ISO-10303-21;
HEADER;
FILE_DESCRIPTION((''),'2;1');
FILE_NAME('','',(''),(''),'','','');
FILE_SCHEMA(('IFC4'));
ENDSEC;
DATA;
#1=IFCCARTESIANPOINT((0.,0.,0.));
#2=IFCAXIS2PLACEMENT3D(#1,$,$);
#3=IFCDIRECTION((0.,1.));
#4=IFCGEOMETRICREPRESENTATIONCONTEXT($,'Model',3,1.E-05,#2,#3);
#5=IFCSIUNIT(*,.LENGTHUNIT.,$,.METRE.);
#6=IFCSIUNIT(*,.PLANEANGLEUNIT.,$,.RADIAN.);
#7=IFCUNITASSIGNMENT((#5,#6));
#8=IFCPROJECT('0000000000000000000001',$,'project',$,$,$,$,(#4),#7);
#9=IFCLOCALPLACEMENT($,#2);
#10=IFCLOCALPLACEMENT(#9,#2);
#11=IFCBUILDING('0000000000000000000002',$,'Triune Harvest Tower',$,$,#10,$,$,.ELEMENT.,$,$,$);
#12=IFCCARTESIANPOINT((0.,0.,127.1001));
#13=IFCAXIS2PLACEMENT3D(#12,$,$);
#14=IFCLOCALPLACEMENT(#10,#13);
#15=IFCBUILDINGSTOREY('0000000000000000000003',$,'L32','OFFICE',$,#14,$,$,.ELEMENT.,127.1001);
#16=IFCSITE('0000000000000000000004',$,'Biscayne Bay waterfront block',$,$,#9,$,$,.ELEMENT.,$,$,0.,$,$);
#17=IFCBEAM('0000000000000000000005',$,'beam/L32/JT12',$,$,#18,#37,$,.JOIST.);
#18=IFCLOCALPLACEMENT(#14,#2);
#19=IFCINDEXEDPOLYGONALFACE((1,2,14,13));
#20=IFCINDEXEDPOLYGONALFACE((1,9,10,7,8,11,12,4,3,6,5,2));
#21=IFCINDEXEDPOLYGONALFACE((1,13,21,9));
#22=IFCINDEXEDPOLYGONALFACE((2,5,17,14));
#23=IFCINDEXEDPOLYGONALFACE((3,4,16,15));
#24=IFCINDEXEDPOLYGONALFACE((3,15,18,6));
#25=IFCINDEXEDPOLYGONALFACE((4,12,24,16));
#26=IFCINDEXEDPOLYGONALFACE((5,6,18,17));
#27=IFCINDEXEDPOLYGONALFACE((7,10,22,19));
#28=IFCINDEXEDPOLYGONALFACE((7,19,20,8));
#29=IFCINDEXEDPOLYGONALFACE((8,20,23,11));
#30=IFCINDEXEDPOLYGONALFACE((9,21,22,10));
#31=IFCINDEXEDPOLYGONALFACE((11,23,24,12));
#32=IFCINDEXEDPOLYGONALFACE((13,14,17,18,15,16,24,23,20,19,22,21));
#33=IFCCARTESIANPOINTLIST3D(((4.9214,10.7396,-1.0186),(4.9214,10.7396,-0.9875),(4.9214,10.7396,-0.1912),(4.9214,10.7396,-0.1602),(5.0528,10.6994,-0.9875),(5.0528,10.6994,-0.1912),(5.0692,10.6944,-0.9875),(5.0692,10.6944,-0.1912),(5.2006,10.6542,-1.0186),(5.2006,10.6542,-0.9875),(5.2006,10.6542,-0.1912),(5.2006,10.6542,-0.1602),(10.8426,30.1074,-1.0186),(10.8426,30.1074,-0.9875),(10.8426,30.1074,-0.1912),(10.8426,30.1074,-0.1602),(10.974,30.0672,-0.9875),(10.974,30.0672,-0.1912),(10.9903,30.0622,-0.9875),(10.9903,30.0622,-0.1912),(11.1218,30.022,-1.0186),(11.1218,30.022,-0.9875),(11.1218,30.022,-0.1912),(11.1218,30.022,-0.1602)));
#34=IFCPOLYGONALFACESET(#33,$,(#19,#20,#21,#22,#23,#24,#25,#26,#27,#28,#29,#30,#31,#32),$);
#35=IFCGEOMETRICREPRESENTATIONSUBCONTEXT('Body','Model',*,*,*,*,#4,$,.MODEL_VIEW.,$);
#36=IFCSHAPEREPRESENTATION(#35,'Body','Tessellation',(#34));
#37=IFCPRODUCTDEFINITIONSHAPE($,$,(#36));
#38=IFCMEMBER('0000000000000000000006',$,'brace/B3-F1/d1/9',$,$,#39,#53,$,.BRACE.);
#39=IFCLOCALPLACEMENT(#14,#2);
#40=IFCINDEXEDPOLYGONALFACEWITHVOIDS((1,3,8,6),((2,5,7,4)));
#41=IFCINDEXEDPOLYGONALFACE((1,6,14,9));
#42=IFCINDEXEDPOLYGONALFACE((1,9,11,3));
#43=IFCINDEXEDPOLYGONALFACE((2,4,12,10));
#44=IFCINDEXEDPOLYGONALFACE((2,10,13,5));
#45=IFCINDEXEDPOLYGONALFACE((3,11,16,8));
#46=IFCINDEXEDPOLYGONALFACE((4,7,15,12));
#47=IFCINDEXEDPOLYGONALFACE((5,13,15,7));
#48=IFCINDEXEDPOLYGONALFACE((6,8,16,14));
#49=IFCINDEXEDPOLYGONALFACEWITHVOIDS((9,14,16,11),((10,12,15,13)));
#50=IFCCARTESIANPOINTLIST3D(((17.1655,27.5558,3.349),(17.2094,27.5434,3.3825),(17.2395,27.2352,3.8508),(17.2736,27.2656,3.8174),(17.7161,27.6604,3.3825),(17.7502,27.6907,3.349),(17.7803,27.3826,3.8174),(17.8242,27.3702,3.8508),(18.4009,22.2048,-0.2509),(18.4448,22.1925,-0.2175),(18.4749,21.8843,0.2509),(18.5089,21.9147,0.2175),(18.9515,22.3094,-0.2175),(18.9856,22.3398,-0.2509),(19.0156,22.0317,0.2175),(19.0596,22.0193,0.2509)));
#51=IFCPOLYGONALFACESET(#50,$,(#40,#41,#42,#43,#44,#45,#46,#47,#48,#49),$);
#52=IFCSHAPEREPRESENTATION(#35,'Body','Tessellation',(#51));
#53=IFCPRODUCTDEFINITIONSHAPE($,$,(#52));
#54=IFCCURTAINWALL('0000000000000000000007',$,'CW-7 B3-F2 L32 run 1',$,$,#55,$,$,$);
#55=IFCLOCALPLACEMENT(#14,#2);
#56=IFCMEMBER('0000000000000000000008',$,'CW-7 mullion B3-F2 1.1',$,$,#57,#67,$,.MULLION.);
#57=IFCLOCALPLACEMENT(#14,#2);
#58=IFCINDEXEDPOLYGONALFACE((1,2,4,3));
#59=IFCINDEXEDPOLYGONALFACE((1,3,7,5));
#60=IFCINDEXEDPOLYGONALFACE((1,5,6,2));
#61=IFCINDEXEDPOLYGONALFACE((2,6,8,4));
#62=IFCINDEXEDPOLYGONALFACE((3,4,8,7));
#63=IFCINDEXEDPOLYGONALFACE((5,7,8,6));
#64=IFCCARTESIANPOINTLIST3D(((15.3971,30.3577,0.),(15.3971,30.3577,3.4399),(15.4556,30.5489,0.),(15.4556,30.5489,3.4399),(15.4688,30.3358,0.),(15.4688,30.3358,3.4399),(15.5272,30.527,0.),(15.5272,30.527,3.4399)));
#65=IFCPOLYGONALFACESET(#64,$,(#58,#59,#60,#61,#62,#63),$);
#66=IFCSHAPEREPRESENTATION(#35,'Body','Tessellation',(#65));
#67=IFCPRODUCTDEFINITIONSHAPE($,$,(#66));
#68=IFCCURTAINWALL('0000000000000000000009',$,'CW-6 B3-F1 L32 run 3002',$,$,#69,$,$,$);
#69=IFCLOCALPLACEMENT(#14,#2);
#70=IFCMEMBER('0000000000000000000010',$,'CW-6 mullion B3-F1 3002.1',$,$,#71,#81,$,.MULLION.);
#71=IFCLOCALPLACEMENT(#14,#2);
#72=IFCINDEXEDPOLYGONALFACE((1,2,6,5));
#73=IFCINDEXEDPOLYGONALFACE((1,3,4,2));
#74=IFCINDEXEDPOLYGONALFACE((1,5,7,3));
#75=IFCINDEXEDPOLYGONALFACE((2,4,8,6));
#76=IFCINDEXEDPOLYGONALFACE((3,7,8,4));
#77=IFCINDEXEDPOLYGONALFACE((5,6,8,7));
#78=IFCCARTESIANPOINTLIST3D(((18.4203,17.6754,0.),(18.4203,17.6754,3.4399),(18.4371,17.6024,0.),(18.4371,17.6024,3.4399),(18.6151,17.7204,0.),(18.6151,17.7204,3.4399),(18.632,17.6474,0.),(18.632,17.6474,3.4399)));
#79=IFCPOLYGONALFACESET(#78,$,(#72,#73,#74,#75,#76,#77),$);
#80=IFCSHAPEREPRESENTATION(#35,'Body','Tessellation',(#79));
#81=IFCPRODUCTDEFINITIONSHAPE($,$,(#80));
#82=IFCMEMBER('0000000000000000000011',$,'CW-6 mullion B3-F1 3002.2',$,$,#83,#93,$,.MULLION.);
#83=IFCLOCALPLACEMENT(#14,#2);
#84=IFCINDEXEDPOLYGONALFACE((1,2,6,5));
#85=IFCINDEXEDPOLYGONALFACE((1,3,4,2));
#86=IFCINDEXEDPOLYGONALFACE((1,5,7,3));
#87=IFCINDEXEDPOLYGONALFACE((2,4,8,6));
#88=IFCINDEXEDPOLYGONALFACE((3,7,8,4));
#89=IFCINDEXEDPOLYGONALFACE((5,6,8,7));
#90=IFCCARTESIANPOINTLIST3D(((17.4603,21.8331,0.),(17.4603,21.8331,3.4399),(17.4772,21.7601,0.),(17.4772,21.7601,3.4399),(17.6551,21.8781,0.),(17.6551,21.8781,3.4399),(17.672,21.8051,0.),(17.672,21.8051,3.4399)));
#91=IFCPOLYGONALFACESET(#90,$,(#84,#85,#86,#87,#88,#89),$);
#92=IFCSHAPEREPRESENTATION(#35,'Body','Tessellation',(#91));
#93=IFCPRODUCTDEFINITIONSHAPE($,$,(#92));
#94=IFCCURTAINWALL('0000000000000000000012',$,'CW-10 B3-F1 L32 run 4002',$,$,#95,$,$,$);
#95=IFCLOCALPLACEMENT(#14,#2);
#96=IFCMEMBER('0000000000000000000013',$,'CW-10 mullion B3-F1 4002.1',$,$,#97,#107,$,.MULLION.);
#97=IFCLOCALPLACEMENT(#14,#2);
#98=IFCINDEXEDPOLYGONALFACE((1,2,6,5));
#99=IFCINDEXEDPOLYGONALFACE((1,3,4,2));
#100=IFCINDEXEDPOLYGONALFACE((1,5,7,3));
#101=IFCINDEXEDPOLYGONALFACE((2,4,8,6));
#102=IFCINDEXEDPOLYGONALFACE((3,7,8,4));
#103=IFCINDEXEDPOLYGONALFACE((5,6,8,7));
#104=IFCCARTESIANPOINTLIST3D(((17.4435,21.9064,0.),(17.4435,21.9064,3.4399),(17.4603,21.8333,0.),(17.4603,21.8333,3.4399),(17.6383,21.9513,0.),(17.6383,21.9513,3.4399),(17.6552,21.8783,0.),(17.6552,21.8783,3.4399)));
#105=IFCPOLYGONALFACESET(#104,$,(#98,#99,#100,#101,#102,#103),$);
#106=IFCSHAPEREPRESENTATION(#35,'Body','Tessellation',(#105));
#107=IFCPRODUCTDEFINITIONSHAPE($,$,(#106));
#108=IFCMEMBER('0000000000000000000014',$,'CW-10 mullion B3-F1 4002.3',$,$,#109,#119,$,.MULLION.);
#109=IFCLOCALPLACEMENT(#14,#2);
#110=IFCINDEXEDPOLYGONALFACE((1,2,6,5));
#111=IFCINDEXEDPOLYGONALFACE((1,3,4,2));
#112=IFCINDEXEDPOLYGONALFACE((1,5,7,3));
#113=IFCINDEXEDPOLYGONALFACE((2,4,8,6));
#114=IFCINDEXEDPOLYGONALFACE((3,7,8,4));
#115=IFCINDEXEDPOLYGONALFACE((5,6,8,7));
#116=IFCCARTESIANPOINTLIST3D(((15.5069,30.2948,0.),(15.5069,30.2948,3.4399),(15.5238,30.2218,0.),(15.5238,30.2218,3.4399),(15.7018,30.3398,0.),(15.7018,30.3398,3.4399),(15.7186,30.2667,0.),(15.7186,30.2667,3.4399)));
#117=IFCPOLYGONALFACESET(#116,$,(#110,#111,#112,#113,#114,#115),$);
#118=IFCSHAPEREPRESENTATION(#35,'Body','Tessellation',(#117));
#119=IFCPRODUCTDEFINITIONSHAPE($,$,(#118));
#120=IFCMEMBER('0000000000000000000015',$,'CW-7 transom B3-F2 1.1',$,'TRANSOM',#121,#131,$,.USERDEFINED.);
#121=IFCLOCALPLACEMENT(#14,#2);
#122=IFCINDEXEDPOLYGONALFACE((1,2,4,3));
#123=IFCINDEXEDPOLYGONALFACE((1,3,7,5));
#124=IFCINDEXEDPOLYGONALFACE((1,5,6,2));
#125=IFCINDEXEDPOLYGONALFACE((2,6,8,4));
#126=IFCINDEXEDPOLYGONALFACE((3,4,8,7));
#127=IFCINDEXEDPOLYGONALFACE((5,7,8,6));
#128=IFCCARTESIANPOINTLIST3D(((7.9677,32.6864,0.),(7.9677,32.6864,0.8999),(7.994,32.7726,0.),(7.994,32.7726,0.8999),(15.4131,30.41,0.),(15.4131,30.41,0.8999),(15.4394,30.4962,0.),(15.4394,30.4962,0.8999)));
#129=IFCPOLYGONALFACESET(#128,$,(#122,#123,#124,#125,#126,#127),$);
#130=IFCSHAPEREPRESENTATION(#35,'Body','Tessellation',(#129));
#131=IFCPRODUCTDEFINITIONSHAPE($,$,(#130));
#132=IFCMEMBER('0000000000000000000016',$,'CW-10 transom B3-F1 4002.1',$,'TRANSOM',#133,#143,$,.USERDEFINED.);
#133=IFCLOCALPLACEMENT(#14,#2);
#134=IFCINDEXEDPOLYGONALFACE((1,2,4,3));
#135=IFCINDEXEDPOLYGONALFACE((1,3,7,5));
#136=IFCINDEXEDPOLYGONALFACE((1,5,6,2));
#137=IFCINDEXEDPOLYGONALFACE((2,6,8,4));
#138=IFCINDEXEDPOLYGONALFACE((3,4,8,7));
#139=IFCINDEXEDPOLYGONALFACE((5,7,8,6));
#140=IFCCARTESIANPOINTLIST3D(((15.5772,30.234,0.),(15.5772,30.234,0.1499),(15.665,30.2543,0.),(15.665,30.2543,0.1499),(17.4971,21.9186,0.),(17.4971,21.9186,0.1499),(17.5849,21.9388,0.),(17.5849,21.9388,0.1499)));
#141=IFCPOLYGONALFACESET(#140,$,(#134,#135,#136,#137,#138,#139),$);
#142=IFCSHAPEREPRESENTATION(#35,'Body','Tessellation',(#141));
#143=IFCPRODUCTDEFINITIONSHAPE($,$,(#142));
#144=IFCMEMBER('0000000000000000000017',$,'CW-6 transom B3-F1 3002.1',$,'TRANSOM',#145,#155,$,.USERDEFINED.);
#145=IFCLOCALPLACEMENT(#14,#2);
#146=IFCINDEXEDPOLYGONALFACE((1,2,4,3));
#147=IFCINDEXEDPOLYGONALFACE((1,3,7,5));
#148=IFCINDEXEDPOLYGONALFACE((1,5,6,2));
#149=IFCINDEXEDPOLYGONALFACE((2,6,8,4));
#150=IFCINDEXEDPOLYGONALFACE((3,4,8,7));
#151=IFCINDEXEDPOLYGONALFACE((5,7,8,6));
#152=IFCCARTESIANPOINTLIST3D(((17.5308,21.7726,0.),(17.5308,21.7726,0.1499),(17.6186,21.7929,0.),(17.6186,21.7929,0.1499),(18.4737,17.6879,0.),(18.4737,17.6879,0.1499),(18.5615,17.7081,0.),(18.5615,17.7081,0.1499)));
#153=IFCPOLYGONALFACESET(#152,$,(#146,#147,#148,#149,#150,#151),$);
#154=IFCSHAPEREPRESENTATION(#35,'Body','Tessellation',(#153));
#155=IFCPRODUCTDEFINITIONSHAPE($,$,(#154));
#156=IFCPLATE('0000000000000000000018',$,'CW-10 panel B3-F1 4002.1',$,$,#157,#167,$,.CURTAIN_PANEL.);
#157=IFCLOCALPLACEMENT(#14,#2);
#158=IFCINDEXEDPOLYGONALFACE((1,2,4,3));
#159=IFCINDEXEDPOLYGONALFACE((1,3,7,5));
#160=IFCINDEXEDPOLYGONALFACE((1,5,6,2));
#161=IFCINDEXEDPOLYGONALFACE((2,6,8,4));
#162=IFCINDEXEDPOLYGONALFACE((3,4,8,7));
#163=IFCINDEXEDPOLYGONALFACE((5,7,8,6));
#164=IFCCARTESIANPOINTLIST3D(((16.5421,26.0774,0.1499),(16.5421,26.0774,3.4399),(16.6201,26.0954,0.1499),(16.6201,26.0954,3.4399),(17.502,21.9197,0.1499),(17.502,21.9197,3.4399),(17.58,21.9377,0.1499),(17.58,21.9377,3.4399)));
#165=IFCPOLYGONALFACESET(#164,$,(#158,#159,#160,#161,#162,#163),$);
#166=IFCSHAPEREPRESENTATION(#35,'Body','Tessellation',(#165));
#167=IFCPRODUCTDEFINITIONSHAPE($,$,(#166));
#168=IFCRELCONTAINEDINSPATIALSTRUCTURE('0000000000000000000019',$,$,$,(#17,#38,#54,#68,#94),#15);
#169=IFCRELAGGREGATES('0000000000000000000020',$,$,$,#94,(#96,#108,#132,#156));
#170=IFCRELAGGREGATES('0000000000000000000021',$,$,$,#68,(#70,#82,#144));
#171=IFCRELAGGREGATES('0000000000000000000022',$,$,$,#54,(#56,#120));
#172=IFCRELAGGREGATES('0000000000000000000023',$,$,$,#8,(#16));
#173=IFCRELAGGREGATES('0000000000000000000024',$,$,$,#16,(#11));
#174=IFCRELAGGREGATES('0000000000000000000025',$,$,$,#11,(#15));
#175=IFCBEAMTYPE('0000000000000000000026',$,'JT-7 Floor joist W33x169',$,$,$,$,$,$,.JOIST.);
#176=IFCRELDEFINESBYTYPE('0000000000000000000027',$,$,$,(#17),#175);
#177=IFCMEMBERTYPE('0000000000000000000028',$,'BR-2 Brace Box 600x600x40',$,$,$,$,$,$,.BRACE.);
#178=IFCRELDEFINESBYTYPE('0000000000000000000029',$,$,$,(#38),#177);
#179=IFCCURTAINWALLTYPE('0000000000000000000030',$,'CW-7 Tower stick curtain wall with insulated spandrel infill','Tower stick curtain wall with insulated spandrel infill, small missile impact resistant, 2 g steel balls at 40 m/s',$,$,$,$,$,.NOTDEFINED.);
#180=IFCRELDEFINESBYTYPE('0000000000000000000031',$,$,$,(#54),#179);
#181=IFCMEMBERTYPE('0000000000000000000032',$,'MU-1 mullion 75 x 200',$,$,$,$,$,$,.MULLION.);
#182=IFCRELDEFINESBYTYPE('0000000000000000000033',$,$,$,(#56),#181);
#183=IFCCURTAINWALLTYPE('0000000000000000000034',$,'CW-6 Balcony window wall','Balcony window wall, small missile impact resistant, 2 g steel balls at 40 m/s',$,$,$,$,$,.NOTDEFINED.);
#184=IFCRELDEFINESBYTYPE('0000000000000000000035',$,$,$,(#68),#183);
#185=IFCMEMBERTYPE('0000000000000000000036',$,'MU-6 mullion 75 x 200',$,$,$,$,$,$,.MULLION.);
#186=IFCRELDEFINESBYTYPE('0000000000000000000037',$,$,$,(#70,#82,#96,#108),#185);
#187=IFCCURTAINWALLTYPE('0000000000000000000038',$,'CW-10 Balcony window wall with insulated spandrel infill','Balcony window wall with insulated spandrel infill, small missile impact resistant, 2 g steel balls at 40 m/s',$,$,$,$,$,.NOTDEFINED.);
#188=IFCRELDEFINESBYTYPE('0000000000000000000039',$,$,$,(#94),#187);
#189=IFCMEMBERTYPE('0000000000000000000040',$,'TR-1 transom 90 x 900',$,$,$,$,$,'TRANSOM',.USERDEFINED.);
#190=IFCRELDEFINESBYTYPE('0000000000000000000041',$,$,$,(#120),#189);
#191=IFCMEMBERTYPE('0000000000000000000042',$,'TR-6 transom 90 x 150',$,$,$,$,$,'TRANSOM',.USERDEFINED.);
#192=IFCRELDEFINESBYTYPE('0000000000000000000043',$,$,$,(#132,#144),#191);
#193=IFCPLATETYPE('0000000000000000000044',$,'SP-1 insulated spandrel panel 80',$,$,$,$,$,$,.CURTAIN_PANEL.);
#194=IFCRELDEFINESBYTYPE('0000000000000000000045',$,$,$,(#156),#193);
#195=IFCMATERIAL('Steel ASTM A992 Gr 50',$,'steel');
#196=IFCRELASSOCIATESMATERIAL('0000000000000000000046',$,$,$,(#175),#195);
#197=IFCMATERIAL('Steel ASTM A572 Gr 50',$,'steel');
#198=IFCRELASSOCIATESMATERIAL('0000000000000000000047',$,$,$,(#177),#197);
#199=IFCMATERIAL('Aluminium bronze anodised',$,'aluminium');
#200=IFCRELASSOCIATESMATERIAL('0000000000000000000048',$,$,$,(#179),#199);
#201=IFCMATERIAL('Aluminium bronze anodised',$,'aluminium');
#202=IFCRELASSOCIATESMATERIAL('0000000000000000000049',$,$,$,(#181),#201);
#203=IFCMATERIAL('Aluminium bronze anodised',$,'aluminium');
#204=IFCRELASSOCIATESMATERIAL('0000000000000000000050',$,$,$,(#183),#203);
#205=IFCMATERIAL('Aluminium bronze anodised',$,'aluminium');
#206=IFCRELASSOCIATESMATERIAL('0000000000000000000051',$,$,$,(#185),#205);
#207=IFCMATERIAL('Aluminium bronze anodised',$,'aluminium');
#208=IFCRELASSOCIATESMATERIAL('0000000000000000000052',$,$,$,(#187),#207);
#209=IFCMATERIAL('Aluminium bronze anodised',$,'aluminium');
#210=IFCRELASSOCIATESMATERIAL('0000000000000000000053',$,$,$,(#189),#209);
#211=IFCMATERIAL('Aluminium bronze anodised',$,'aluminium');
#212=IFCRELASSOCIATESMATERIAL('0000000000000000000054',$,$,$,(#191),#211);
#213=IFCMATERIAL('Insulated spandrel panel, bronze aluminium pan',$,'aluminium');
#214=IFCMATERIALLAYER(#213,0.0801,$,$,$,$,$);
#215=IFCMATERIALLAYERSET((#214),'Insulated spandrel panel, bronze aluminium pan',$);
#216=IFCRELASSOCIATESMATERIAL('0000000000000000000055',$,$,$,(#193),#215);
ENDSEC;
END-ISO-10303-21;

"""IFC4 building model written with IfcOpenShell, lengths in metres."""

from ifc_helpers import new_model, si_unit, direction, frame, origin, origin_2d, place, context, subcontext, project, spatial, rectangle, hollow_rectangle, i_section, extrude, source, transform, mapped, material, layer, layer_set, material_profile, profile_set, type_object, element, aggregate, save


model = new_model("IFC4")

# Units and contexts
model_context = context("Model", 3, precision=1e-05, world=origin(), true_north=direction((0.0, 1.0)))
body_context = subcontext(model_context, "Body", "Model", "MODEL_VIEW")
ifc_project = project(units=[si_unit("LENGTHUNIT", "METRE"), si_unit("PLANEANGLEUNIT", "RADIAN")], contexts=[model_context])

# Site, building, storey
site_placement = place(None, origin())
site = spatial("IfcSite", under=ifc_project, at=site_placement, Name="Biscayne Bay waterfront block", CompositionType="ELEMENT", RefElevation=0.0)
building_placement = place(site_placement, origin())
building = spatial("IfcBuilding", under=site, at=building_placement, Name="Triune Harvest Tower", CompositionType="ELEMENT")
storey_placement = place(building_placement, frame((0.0, 0.0, 127.1001)))
storey = spatial("IfcBuildingStorey", under=building, at=storey_placement, Name="L32", Description="OFFICE", CompositionType="ELEMENT", Elevation=127.1001)

# Beam
ifc_material_1 = material(Name="Steel ASTM A992 Gr 50", Category="steel")
ifc_material_profile_1 = material_profile(ifc_material_1, i_section(OverallWidth=0.292, OverallDepth=0.8584, WebThickness=0.0171, FlangeThickness=0.031, at=origin_2d()), Name="W33x169")
ifc_profile_set_1 = profile_set([ifc_material_profile_1], Name="Steel ASTM A992 Gr 50")
beam_type_1 = type_object("IfcBeamType", Name="JT-7 Floor joist W33x169", PredefinedType="JOIST", material=ifc_profile_set_1)
shared_shape_1 = source(origin(), body_context, "Body", "SweptSolid", [
    extrude(i_section(OverallWidth=0.292, OverallDepth=0.8584, WebThickness=0.0171, FlangeThickness=0.031, at=origin_2d()), origin(), (0.0, 0.0, 1.0), 20.2527),
])
beam_1_placement = place(storey_placement, frame((10.9822, 30.0647, -0.5894), z_axis=(-0.292365, -0.956307, 0.0), x_axis=(0.956307, -0.292365, 0.0)))
element("IfcBeam", 1, at=beam_1_placement, inside=storey, type_object=beam_type_1, Name="beam/L32/JT12", PredefinedType="JOIST", context=body_context, shape_type="MappedRepresentation", body=[
    mapped(shared_shape_1, transform((0.0, 0.0, 0.0), scale=1.0)),
])

# Member
ifc_material_2 = material(Name="Steel ASTM A572 Gr 50", Category="steel")
ifc_material_profile_2 = material_profile(ifc_material_2, hollow_rectangle(XDim=0.6001, YDim=0.6001, WallThickness=0.04, at=origin_2d()), Name="Box 600x600x40")
ifc_profile_set_2 = profile_set([ifc_material_profile_2], Name="Steel ASTM A572 Gr 50")
member_type_1 = type_object("IfcMemberType", Name="BR-2 Brace Box 600x600x40", PredefinedType="BRACE", material=ifc_profile_set_2)
shared_shape_2 = source(origin(), body_context, "Body", "SweptSolid", [
    extrude(hollow_rectangle(XDim=0.6001, YDim=0.6001, WallThickness=0.04, at=origin_2d()), origin(), (0.0, 0.0, 1.0), 6.5664),
])
member_1_placement = place(storey_placement, frame((18.7302, 22.1121, 0.0), z_axis=(-0.188135, 0.814892, 0.548231), x_axis=(-0.974369, -0.224954, 0.0)))
element("IfcMember", 2, at=member_1_placement, inside=storey, type_object=member_type_1, Name="brace/B3-F1/d1/9", PredefinedType="BRACE", context=body_context, shape_type="MappedRepresentation", body=[
    mapped(shared_shape_2, transform((0.0, 0.0, 0.0), scale=1.0)),
])

# Curtain wall, member
ifc_material_3 = material(Name="Aluminium bronze anodised", Category="aluminium")
curtain_wall_type_1 = type_object("IfcCurtainWallType", Name="CW-7 Tower stick curtain wall with insulated spandrel infill", Description="Tower stick curtain wall with insulated spandrel infill, small missile impact resistant, 2 g steel balls at 40 m/s", PredefinedType="NOTDEFINED", material=ifc_material_3)
curtain_wall_1_placement = place(storey_placement, origin())
curtain_wall_1 = element("IfcCurtainWall", 3, at=curtain_wall_1_placement, inside=storey, type_object=curtain_wall_type_1, Name="CW-7 B3-F2 L32 run 1")
ifc_material_4 = material(Name="Aluminium bronze anodised", Category="aluminium")
ifc_material_profile_3 = material_profile(ifc_material_4, rectangle(XDim=0.2, YDim=0.075, at=origin_2d()), Name="MU-1 mullion 75 x 200")
ifc_profile_set_3 = profile_set([ifc_material_profile_3], Name="Aluminium bronze anodised")
member_type_2 = type_object("IfcMemberType", Name="MU-1 mullion 75 x 200", PredefinedType="MULLION", material=ifc_profile_set_3)
shared_shape_3 = source(origin(), body_context, "Body", "SweptSolid", [
    extrude(rectangle(XDim=0.2, YDim=0.075, at=origin_2d()), origin(), (0.0, 0.0, 1.0), 3.4399),
])
member_2_placement = place(storey_placement, frame((15.4622, 30.4424, 0.0), z_axis=(0.0, 0.0, 1.0), x_axis=(-0.292377, -0.956303, 0.0)))
member_2 = element("IfcMember", 4, at=member_2_placement, type_object=member_type_2, Name="CW-7 mullion B3-F2 1.1", PredefinedType="MULLION", context=body_context, shape_type="MappedRepresentation", body=[
    mapped(shared_shape_3, transform((0.0, 0.0, 0.0), scale=1.0)),
])

# Curtain walls, members
ifc_material_5 = material(Name="Aluminium bronze anodised", Category="aluminium")
curtain_wall_type_2 = type_object("IfcCurtainWallType", Name="CW-6 Balcony window wall", Description="Balcony window wall, small missile impact resistant, 2 g steel balls at 40 m/s", PredefinedType="NOTDEFINED", material=ifc_material_5)
curtain_wall_2_placement = place(storey_placement, origin())
curtain_wall_2 = element("IfcCurtainWall", 5, at=curtain_wall_2_placement, inside=storey, type_object=curtain_wall_type_2, Name="CW-6 B3-F1 L32 run 3002")
ifc_material_6 = material(Name="Aluminium bronze anodised", Category="aluminium")
ifc_material_profile_4 = material_profile(ifc_material_6, rectangle(XDim=0.2, YDim=0.075, at=origin_2d()), Name="MU-6 mullion 75 x 200")
ifc_profile_set_4 = profile_set([ifc_material_profile_4], Name="Aluminium bronze anodised")
member_type_3 = type_object("IfcMemberType", Name="MU-6 mullion 75 x 200", PredefinedType="MULLION", material=ifc_profile_set_4)
shared_shape_4 = source(origin(), body_context, "Body", "SweptSolid", [
    extrude(rectangle(XDim=0.2, YDim=0.075, at=origin_2d()), origin(), (0.0, 0.0, 1.0), 3.4399),
])
member_3_placement = place(storey_placement, frame((18.5261, 17.6614, 0.0), z_axis=(0.0, 0.0, 1.0), x_axis=(-0.974373, -0.224939, 0.0)))
member_3 = element("IfcMember", 6, at=member_3_placement, type_object=member_type_3, Name="CW-6 mullion B3-F1 3002.1", PredefinedType="MULLION", context=body_context, shape_type="MappedRepresentation", body=[
    mapped(shared_shape_4, transform((0.0, 0.0, 0.0), scale=1.0)),
])
member_4_placement = place(storey_placement, frame((17.5662, 21.8191, 0.0), z_axis=(0.0, 0.0, 1.0), x_axis=(-0.974373, -0.224939, 0.0)))
member_4 = element("IfcMember", 7, at=member_4_placement, type_object=member_type_3, Name="CW-6 mullion B3-F1 3002.2", PredefinedType="MULLION", context=body_context, shape_type="MappedRepresentation", body=[
    mapped(shared_shape_4, transform((0.0, 0.0, 0.0), scale=1.0)),
])
ifc_material_7 = material(Name="Aluminium bronze anodised", Category="aluminium")
curtain_wall_type_3 = type_object("IfcCurtainWallType", Name="CW-10 Balcony window wall with insulated spandrel infill", Description="Balcony window wall with insulated spandrel infill, small missile impact resistant, 2 g steel balls at 40 m/s", PredefinedType="NOTDEFINED", material=ifc_material_7)
curtain_wall_3_placement = place(storey_placement, origin())
curtain_wall_3 = element("IfcCurtainWall", 8, at=curtain_wall_3_placement, inside=storey, type_object=curtain_wall_type_3, Name="CW-10 B3-F1 L32 run 4002")
member_5_placement = place(storey_placement, frame((17.5493, 21.8923, 0.0), z_axis=(0.0, 0.0, 1.0), x_axis=(-0.974369, -0.224955, 0.0)))
member_5 = element("IfcMember", 9, at=member_5_placement, type_object=member_type_3, Name="CW-10 mullion B3-F1 4002.1", PredefinedType="MULLION", context=body_context, shape_type="MappedRepresentation", body=[
    mapped(shared_shape_4, transform((0.0, 0.0, 0.0), scale=1.0)),
])
member_6_placement = place(storey_placement, frame((15.6128, 30.2808, 0.0), z_axis=(0.0, 0.0, 1.0), x_axis=(-0.974369, -0.224955, 0.0)))
member_6 = element("IfcMember", 10, at=member_6_placement, type_object=member_type_3, Name="CW-10 mullion B3-F1 4002.3", PredefinedType="MULLION", context=body_context, shape_type="MappedRepresentation", body=[
    mapped(shared_shape_4, transform((0.0, 0.0, 0.0), scale=1.0)),
])

# Members
ifc_material_8 = material(Name="Aluminium bronze anodised", Category="aluminium")
ifc_material_profile_5 = material_profile(ifc_material_8, rectangle(XDim=0.0901, YDim=0.8999, at=origin_2d()), Name="TR-1 transom 90 x 900")
ifc_profile_set_5 = profile_set([ifc_material_profile_5], Name="Aluminium bronze anodised")
member_type_4 = type_object("IfcMemberType", Name="TR-1 transom 90 x 900", ElementType="TRANSOM", PredefinedType="USERDEFINED", material=ifc_profile_set_5)
shared_shape_5 = source(origin(), body_context, "Body", "SweptSolid", [
    extrude(rectangle(XDim=0.0901, YDim=0.8999, at=origin_2d()), origin(), (0.0, 0.0, 1.0), 7.7856),
])
member_7_placement = place(storey_placement, frame((15.4263, 30.4531, 0.45), z_axis=(-0.956301, 0.292384, 0.0), x_axis=(-0.292384, -0.956301, 0.0)))
member_7 = element("IfcMember", 11, at=member_7_placement, type_object=member_type_4, Name="CW-7 transom B3-F2 1.1", ObjectType="TRANSOM", PredefinedType="USERDEFINED", context=body_context, shape_type="MappedRepresentation", body=[
    mapped(shared_shape_5, transform((0.0, 0.0, 0.0), scale=1.0)),
])
ifc_material_9 = material(Name="Aluminium bronze anodised", Category="aluminium")
ifc_material_profile_6 = material_profile(ifc_material_9, rectangle(XDim=0.0901, YDim=0.1499, at=origin_2d()), Name="TR-6 transom 90 x 150")
ifc_profile_set_6 = profile_set([ifc_material_profile_6], Name="Aluminium bronze anodised")
member_type_5 = type_object("IfcMemberType", Name="TR-6 transom 90 x 150", ElementType="TRANSOM", PredefinedType="USERDEFINED", material=ifc_profile_set_6)
shared_shape_6 = source(origin(), body_context, "Body", "SweptSolid", [
    extrude(rectangle(XDim=0.0901, YDim=0.1499, at=origin_2d()), origin(), (0.0, 0.0, 1.0), 8.5342),
])
member_8_placement = place(storey_placement, frame((17.541, 21.9287, 0.075), z_axis=(-0.224968, 0.974366, 0.0), x_axis=(-0.974366, -0.224968, 0.0)))
member_8 = element("IfcMember", 12, at=member_8_placement, type_object=member_type_5, Name="CW-10 transom B3-F1 4002.1", ObjectType="TRANSOM", PredefinedType="USERDEFINED", context=body_context, shape_type="MappedRepresentation", body=[
    mapped(shared_shape_6, transform((0.0, 0.0, 0.0), scale=1.0)),
])
shared_shape_7 = source(origin(), body_context, "Body", "SweptSolid", [
    extrude(rectangle(XDim=0.0901, YDim=0.1499, at=origin_2d()), origin(), (0.0, 0.0, 1.0), 4.1921),
])
member_9_placement = place(storey_placement, frame((18.5176, 17.698, 0.075), z_axis=(-0.224915, 0.974378, 0.0), x_axis=(-0.974378, -0.224915, 0.0)))
member_9 = element("IfcMember", 13, at=member_9_placement, type_object=member_type_5, Name="CW-6 transom B3-F1 3002.1", ObjectType="TRANSOM", PredefinedType="USERDEFINED", context=body_context, shape_type="MappedRepresentation", body=[
    mapped(shared_shape_7, transform((0.0, 0.0, 0.0), scale=1.0)),
])

# Plate
ifc_material_10 = material(Name="Insulated spandrel panel, bronze aluminium pan", Category="aluminium")
ifc_layer_1 = layer(ifc_material_10, 0.0801)
ifc_layer_set_1 = layer_set([ifc_layer_1], Name="Insulated spandrel panel, bronze aluminium pan")
plate_type_1 = type_object("IfcPlateType", Name="SP-1 insulated spandrel panel 80", PredefinedType="CURTAIN_PANEL", material=ifc_layer_set_1)
shared_shape_8 = source(origin(), body_context, "Body", "SweptSolid", [
    extrude(rectangle(XDim=4.2671, YDim=0.0801, at=origin_2d()), origin(), (0.0, 0.0, 1.0), 3.29),
])
plate_1_placement = place(storey_placement, frame((17.061, 24.0076, 0.1499), z_axis=(0.0, 0.0, 1.0), x_axis=(-0.224955, 0.974369, 0.0)))
plate_1 = element("IfcPlate", 14, at=plate_1_placement, type_object=plate_type_1, Name="CW-10 panel B3-F1 4002.1", PredefinedType="CURTAIN_PANEL", context=body_context, shape_type="MappedRepresentation", body=[
    mapped(shared_shape_8, transform((0.0, 0.0, 0.0), scale=1.0)),
])
aggregate(curtain_wall_3, [member_5, member_6, member_8, plate_1])
aggregate(curtain_wall_2, [member_3, member_4, member_9])
aggregate(curtain_wall_1, [member_2, member_7])

save(model, "model.ifc")
